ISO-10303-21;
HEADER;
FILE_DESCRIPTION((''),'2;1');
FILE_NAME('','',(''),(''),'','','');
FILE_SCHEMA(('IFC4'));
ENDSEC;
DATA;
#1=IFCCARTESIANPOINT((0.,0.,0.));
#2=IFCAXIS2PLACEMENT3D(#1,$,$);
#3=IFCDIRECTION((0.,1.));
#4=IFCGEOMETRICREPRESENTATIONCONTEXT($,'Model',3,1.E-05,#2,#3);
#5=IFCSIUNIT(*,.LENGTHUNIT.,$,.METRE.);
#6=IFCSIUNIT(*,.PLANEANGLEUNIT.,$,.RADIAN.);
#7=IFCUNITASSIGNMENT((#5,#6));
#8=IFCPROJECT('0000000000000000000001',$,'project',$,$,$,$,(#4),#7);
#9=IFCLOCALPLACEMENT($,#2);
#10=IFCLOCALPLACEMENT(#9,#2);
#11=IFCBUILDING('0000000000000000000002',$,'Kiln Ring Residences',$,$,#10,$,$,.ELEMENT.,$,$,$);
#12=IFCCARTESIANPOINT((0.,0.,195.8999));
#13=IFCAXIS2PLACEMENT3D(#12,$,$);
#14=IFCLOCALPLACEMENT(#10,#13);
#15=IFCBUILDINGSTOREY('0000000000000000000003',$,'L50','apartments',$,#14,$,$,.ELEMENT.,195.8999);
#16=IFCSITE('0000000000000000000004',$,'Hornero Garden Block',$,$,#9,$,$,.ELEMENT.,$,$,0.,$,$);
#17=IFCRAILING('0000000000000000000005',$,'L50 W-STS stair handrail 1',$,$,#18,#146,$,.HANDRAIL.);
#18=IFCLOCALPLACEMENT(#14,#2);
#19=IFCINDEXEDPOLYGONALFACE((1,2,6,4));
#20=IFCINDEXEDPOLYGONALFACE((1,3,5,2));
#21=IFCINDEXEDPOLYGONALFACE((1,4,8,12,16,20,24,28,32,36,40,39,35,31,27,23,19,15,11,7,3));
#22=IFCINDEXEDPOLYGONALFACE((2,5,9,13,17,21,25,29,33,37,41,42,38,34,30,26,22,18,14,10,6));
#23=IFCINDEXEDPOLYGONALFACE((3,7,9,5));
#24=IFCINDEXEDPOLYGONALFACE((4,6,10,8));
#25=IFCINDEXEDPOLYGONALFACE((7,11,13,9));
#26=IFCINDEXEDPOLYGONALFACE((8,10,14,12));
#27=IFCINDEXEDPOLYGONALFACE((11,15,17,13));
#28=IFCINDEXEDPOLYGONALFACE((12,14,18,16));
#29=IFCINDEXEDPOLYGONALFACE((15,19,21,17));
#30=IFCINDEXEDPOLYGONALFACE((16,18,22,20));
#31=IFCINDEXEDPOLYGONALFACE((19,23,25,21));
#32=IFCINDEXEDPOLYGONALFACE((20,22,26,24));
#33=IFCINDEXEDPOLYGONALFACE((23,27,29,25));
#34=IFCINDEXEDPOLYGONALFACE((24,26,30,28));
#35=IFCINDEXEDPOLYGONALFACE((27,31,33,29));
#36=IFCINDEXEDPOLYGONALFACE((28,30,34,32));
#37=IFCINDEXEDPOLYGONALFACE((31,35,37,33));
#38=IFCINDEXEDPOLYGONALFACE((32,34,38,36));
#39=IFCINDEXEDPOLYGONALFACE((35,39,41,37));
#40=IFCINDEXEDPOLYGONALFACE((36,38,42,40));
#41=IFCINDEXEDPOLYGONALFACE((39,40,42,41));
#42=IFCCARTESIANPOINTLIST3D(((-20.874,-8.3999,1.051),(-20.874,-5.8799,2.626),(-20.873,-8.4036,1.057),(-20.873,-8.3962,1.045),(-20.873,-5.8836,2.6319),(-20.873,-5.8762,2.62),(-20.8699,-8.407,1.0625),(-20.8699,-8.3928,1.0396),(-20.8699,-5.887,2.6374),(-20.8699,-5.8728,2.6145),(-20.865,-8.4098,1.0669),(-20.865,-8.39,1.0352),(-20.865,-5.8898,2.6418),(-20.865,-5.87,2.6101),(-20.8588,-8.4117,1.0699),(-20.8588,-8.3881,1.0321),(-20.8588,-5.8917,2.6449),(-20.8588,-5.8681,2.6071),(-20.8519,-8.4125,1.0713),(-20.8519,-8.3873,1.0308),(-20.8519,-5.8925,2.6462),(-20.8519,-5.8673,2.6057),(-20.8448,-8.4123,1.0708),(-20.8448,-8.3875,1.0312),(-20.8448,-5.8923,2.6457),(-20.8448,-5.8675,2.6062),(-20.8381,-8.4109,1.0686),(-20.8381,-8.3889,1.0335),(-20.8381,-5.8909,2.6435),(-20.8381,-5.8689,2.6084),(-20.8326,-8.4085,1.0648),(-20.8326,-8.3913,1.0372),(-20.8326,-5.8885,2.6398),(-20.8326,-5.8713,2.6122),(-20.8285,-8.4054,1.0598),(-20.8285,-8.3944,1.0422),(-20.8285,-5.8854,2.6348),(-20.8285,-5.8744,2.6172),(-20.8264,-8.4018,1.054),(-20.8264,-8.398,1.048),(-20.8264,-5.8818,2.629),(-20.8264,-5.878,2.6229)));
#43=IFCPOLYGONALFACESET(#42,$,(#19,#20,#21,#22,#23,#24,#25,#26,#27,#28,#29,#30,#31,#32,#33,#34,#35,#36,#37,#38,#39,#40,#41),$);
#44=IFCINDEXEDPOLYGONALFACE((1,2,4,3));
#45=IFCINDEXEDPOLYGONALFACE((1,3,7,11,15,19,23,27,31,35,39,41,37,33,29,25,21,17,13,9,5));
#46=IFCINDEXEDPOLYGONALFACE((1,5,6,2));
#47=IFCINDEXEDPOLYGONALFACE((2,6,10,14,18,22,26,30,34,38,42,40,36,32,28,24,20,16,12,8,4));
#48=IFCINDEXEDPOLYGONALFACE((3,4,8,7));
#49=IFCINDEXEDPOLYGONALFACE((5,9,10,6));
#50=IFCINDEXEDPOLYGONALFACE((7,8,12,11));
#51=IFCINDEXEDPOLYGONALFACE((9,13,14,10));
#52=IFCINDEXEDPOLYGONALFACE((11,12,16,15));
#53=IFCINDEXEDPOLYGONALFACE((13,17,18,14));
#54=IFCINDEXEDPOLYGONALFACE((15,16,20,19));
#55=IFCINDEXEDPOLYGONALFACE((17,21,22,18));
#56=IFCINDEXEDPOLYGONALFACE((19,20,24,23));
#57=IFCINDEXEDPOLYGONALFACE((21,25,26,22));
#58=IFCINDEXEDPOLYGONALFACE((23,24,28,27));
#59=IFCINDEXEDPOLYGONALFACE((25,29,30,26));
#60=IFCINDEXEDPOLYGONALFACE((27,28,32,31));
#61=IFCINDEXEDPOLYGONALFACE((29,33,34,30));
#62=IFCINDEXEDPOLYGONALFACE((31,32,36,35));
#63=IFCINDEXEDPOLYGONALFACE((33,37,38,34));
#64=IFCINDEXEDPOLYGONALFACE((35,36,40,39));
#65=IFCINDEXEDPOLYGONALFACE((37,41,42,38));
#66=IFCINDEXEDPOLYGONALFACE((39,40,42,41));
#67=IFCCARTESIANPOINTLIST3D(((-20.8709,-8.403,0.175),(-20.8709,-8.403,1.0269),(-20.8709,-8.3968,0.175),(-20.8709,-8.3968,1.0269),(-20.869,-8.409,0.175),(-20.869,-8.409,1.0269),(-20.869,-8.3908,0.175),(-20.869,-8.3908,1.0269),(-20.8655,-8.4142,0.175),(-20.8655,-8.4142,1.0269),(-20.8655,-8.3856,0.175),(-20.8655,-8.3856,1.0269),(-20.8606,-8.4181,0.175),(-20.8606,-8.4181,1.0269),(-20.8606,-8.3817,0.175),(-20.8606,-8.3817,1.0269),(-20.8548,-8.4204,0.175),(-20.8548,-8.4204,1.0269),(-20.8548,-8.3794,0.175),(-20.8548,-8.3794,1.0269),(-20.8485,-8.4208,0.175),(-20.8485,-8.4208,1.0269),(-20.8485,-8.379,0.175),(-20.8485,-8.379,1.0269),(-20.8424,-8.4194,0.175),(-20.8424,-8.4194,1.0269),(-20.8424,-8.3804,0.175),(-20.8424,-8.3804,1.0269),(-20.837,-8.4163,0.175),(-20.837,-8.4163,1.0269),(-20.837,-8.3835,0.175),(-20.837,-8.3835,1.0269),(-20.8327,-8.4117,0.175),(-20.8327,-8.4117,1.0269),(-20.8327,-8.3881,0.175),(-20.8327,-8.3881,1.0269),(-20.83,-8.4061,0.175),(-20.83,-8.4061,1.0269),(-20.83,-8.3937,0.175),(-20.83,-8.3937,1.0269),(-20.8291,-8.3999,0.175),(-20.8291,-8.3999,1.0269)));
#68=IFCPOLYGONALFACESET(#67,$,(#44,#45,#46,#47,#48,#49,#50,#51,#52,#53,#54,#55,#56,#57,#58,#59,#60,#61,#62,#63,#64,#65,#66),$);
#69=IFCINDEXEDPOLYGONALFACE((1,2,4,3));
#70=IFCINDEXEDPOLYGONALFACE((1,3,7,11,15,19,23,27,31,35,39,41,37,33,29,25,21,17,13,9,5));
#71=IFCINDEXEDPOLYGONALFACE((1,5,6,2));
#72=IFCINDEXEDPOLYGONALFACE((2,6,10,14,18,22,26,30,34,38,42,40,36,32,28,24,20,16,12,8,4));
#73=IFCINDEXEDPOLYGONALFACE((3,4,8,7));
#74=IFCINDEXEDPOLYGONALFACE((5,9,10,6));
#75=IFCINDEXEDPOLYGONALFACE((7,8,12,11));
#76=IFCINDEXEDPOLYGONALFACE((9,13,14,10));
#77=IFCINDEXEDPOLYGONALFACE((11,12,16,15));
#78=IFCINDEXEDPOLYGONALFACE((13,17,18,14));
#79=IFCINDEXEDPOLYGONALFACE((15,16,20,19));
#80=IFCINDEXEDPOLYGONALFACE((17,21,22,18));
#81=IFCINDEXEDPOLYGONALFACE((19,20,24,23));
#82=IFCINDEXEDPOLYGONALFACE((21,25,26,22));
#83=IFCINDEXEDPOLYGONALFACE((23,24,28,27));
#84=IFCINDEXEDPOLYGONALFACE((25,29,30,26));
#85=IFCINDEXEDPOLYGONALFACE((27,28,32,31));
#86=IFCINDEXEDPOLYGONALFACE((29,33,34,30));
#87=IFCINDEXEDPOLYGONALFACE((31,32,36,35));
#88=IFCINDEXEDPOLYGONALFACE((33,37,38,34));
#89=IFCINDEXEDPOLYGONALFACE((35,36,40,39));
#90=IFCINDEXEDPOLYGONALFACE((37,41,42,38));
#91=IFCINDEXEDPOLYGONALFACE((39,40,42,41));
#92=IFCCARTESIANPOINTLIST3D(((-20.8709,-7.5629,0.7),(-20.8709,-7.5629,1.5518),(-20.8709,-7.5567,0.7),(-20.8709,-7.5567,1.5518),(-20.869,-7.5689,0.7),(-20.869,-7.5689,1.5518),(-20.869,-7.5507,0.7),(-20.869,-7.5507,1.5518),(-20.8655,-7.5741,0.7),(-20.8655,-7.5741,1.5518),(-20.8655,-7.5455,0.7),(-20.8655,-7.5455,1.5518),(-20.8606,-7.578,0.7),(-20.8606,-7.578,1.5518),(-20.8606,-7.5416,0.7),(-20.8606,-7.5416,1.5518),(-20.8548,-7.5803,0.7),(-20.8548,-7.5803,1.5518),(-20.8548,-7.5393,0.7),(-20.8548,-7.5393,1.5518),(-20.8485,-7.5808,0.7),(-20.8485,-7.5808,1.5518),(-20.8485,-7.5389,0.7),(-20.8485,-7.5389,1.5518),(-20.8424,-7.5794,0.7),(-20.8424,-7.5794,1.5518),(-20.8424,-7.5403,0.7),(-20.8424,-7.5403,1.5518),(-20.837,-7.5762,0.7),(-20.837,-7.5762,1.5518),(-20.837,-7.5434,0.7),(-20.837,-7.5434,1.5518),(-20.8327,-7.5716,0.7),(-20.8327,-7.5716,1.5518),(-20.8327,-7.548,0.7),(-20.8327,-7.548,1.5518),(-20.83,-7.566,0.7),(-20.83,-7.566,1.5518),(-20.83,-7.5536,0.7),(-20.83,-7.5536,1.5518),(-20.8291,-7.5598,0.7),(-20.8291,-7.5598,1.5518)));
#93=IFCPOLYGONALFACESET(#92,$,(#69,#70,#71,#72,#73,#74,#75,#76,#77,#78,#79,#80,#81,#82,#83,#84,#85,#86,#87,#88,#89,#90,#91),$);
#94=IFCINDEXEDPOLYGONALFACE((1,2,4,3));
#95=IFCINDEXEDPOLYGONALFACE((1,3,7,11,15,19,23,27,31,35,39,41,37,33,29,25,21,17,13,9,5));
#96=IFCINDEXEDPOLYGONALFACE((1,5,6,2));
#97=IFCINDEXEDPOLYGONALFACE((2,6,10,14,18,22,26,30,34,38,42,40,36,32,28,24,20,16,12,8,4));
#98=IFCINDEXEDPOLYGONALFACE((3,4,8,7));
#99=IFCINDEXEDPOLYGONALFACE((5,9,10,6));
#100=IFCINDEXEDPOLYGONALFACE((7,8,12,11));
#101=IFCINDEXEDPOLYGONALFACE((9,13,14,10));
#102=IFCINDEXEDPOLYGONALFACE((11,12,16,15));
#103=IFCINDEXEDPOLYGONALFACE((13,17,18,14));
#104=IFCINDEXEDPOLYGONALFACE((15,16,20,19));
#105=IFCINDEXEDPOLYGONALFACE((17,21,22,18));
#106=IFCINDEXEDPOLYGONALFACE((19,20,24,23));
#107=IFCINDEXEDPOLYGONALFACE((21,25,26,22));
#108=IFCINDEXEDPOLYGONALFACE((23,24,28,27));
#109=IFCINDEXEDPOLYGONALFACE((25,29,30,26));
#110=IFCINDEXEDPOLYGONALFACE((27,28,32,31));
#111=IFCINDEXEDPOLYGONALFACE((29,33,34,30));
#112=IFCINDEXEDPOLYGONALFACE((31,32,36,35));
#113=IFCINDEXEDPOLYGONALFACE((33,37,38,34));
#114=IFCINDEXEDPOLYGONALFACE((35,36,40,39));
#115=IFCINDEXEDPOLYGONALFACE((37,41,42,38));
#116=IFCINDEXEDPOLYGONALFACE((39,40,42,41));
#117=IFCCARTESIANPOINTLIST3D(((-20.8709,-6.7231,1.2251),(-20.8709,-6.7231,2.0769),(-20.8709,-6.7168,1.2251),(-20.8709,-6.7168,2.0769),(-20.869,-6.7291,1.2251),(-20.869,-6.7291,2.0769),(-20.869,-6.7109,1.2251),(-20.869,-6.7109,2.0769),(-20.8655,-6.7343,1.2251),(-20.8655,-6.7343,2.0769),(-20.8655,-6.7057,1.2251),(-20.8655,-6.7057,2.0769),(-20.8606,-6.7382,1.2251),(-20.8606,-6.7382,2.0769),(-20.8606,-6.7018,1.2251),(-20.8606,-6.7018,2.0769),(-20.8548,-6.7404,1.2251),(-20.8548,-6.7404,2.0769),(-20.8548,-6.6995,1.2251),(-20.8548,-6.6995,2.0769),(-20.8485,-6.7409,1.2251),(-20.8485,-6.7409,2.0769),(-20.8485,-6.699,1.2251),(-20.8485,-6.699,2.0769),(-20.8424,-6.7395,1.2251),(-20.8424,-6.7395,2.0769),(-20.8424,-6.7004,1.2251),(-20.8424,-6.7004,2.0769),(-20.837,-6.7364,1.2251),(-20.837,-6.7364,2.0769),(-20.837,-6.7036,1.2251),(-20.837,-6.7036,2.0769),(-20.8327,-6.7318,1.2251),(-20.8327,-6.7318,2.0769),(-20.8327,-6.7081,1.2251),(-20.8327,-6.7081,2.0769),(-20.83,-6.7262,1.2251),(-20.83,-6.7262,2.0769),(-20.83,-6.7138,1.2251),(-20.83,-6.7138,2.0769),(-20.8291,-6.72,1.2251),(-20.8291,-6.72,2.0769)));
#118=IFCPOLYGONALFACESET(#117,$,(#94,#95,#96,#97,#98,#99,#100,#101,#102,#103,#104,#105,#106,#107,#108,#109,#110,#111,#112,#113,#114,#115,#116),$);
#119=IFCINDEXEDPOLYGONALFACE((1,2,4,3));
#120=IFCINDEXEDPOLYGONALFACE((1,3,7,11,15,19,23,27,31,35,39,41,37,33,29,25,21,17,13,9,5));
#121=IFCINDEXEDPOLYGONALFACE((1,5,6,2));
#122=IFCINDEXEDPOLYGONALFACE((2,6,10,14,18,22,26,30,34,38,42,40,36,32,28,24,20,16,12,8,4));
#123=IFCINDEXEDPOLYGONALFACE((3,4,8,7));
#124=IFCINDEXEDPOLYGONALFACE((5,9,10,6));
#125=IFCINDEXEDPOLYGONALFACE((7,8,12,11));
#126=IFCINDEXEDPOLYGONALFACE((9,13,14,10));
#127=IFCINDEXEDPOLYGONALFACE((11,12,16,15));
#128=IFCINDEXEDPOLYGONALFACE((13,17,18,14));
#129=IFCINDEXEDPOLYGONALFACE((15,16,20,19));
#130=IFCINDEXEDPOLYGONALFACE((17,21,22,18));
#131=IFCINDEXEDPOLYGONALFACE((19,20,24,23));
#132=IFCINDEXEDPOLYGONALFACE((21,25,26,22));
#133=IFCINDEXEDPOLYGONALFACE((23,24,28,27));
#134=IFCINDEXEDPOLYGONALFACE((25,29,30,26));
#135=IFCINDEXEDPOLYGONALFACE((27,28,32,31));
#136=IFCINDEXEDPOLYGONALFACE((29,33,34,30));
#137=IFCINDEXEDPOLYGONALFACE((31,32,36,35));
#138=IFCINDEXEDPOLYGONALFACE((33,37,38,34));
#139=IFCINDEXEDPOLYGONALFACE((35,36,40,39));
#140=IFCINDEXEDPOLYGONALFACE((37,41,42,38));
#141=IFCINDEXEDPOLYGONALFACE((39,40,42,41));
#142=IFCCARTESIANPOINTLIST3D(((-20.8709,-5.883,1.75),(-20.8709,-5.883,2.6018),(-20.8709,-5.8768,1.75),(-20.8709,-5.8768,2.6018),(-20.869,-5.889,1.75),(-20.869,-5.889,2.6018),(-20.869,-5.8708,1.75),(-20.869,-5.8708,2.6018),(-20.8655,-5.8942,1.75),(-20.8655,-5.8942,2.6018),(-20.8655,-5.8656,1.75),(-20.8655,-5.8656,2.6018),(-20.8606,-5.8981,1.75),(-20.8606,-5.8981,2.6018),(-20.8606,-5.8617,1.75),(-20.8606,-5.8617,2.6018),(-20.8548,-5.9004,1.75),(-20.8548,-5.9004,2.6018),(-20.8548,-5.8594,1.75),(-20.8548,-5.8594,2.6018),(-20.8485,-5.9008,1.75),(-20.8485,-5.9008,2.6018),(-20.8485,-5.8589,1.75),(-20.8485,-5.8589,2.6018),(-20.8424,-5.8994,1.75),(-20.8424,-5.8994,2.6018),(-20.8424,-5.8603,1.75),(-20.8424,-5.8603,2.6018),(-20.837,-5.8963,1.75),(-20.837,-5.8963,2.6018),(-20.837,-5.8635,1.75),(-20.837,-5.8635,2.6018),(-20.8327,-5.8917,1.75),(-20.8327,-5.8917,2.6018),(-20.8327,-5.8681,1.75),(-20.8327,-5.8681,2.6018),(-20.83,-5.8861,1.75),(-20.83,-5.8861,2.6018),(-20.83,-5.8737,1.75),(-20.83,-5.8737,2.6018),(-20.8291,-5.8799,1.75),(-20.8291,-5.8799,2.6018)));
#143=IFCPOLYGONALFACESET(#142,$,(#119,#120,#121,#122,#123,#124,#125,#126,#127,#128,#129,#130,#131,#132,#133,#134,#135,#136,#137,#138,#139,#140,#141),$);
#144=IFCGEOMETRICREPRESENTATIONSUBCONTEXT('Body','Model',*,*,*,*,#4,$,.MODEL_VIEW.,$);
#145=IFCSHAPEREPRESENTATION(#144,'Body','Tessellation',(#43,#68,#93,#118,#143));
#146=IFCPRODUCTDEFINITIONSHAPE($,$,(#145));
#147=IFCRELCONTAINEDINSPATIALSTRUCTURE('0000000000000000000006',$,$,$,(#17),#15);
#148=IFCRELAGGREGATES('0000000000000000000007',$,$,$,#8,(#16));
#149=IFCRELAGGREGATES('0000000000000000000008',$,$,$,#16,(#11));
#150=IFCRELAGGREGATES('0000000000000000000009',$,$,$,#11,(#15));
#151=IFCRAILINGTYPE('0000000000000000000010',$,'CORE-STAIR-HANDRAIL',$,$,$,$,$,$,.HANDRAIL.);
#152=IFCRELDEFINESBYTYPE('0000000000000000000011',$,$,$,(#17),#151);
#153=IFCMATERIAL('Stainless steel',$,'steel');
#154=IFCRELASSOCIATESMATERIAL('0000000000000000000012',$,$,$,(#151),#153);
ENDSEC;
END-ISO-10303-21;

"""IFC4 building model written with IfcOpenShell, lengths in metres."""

from ifc_helpers import new_model, si_unit, direction, frame, origin, origin_2d, place, context, subcontext, project, spatial, circle, extrude, material, type_object, element, save


model = new_model("IFC4")

# Units and contexts
model_context = context("Model", 3, precision=1e-05, world=origin(), true_north=direction((0.0, 1.0)))
body_context = subcontext(model_context, "Body", "Model", "MODEL_VIEW")
ifc_project = project(units=[si_unit("LENGTHUNIT", "METRE"), si_unit("PLANEANGLEUNIT", "RADIAN")], contexts=[model_context])

# Site, building, storey
site_placement = place(None, origin())
site = spatial("IfcSite", under=ifc_project, at=site_placement, Name="Hornero Garden Block", CompositionType="ELEMENT", RefElevation=0.0)
building_placement = place(site_placement, origin())
building = spatial("IfcBuilding", under=site, at=building_placement, Name="Kiln Ring Residences", CompositionType="ELEMENT")
storey_placement = place(building_placement, frame((0.0, 0.0, 195.8999)))
storey = spatial("IfcBuildingStorey", under=building, at=storey_placement, Name="L50", Description="apartments", CompositionType="ELEMENT", Elevation=195.8999)

# Railing
ifc_material_1 = material(Name="Stainless steel", Category="steel")
railing_type_1 = type_object("IfcRailingType", Name="CORE-STAIR-HANDRAIL", PredefinedType="HANDRAIL", material=ifc_material_1)
railing_1_placement = place(storey_placement, frame((-20.8501, -8.3999, 0.175)))
element("IfcRailing", 1, at=railing_1_placement, inside=storey, type_object=railing_type_1, Name="L50 W-STS stair handrail 1", PredefinedType="HANDRAIL", context=body_context, shape_type="SweptSolid", body=[
    extrude(circle(Radius=0.0239, at=origin_2d()), frame((0.0, 0.0, 0.876), z_axis=(0.0, 0.848008, 0.529984), x_axis=(-1.0, 0.0, 0.0)), (0.0, 0.0, 1.0), 2.9717),
    extrude(circle(Radius=0.021, at=origin_2d()), origin(), (0.0, 0.0, 1.0), 0.8518),
    extrude(circle(Radius=0.021, at=origin_2d()), frame((0.0, 0.8401, 0.5249)), (0.0, 0.0, 1.0), 0.8518),
    extrude(circle(Radius=0.021, at=origin_2d()), frame((0.0, 1.6799, 1.05)), (0.0, 0.0, 1.0), 0.8518),
    extrude(circle(Radius=0.021, at=origin_2d()), frame((0.0, 2.52, 1.575)), (0.0, 0.0, 1.0), 0.8518),
])

save(model, "model.ifc")
